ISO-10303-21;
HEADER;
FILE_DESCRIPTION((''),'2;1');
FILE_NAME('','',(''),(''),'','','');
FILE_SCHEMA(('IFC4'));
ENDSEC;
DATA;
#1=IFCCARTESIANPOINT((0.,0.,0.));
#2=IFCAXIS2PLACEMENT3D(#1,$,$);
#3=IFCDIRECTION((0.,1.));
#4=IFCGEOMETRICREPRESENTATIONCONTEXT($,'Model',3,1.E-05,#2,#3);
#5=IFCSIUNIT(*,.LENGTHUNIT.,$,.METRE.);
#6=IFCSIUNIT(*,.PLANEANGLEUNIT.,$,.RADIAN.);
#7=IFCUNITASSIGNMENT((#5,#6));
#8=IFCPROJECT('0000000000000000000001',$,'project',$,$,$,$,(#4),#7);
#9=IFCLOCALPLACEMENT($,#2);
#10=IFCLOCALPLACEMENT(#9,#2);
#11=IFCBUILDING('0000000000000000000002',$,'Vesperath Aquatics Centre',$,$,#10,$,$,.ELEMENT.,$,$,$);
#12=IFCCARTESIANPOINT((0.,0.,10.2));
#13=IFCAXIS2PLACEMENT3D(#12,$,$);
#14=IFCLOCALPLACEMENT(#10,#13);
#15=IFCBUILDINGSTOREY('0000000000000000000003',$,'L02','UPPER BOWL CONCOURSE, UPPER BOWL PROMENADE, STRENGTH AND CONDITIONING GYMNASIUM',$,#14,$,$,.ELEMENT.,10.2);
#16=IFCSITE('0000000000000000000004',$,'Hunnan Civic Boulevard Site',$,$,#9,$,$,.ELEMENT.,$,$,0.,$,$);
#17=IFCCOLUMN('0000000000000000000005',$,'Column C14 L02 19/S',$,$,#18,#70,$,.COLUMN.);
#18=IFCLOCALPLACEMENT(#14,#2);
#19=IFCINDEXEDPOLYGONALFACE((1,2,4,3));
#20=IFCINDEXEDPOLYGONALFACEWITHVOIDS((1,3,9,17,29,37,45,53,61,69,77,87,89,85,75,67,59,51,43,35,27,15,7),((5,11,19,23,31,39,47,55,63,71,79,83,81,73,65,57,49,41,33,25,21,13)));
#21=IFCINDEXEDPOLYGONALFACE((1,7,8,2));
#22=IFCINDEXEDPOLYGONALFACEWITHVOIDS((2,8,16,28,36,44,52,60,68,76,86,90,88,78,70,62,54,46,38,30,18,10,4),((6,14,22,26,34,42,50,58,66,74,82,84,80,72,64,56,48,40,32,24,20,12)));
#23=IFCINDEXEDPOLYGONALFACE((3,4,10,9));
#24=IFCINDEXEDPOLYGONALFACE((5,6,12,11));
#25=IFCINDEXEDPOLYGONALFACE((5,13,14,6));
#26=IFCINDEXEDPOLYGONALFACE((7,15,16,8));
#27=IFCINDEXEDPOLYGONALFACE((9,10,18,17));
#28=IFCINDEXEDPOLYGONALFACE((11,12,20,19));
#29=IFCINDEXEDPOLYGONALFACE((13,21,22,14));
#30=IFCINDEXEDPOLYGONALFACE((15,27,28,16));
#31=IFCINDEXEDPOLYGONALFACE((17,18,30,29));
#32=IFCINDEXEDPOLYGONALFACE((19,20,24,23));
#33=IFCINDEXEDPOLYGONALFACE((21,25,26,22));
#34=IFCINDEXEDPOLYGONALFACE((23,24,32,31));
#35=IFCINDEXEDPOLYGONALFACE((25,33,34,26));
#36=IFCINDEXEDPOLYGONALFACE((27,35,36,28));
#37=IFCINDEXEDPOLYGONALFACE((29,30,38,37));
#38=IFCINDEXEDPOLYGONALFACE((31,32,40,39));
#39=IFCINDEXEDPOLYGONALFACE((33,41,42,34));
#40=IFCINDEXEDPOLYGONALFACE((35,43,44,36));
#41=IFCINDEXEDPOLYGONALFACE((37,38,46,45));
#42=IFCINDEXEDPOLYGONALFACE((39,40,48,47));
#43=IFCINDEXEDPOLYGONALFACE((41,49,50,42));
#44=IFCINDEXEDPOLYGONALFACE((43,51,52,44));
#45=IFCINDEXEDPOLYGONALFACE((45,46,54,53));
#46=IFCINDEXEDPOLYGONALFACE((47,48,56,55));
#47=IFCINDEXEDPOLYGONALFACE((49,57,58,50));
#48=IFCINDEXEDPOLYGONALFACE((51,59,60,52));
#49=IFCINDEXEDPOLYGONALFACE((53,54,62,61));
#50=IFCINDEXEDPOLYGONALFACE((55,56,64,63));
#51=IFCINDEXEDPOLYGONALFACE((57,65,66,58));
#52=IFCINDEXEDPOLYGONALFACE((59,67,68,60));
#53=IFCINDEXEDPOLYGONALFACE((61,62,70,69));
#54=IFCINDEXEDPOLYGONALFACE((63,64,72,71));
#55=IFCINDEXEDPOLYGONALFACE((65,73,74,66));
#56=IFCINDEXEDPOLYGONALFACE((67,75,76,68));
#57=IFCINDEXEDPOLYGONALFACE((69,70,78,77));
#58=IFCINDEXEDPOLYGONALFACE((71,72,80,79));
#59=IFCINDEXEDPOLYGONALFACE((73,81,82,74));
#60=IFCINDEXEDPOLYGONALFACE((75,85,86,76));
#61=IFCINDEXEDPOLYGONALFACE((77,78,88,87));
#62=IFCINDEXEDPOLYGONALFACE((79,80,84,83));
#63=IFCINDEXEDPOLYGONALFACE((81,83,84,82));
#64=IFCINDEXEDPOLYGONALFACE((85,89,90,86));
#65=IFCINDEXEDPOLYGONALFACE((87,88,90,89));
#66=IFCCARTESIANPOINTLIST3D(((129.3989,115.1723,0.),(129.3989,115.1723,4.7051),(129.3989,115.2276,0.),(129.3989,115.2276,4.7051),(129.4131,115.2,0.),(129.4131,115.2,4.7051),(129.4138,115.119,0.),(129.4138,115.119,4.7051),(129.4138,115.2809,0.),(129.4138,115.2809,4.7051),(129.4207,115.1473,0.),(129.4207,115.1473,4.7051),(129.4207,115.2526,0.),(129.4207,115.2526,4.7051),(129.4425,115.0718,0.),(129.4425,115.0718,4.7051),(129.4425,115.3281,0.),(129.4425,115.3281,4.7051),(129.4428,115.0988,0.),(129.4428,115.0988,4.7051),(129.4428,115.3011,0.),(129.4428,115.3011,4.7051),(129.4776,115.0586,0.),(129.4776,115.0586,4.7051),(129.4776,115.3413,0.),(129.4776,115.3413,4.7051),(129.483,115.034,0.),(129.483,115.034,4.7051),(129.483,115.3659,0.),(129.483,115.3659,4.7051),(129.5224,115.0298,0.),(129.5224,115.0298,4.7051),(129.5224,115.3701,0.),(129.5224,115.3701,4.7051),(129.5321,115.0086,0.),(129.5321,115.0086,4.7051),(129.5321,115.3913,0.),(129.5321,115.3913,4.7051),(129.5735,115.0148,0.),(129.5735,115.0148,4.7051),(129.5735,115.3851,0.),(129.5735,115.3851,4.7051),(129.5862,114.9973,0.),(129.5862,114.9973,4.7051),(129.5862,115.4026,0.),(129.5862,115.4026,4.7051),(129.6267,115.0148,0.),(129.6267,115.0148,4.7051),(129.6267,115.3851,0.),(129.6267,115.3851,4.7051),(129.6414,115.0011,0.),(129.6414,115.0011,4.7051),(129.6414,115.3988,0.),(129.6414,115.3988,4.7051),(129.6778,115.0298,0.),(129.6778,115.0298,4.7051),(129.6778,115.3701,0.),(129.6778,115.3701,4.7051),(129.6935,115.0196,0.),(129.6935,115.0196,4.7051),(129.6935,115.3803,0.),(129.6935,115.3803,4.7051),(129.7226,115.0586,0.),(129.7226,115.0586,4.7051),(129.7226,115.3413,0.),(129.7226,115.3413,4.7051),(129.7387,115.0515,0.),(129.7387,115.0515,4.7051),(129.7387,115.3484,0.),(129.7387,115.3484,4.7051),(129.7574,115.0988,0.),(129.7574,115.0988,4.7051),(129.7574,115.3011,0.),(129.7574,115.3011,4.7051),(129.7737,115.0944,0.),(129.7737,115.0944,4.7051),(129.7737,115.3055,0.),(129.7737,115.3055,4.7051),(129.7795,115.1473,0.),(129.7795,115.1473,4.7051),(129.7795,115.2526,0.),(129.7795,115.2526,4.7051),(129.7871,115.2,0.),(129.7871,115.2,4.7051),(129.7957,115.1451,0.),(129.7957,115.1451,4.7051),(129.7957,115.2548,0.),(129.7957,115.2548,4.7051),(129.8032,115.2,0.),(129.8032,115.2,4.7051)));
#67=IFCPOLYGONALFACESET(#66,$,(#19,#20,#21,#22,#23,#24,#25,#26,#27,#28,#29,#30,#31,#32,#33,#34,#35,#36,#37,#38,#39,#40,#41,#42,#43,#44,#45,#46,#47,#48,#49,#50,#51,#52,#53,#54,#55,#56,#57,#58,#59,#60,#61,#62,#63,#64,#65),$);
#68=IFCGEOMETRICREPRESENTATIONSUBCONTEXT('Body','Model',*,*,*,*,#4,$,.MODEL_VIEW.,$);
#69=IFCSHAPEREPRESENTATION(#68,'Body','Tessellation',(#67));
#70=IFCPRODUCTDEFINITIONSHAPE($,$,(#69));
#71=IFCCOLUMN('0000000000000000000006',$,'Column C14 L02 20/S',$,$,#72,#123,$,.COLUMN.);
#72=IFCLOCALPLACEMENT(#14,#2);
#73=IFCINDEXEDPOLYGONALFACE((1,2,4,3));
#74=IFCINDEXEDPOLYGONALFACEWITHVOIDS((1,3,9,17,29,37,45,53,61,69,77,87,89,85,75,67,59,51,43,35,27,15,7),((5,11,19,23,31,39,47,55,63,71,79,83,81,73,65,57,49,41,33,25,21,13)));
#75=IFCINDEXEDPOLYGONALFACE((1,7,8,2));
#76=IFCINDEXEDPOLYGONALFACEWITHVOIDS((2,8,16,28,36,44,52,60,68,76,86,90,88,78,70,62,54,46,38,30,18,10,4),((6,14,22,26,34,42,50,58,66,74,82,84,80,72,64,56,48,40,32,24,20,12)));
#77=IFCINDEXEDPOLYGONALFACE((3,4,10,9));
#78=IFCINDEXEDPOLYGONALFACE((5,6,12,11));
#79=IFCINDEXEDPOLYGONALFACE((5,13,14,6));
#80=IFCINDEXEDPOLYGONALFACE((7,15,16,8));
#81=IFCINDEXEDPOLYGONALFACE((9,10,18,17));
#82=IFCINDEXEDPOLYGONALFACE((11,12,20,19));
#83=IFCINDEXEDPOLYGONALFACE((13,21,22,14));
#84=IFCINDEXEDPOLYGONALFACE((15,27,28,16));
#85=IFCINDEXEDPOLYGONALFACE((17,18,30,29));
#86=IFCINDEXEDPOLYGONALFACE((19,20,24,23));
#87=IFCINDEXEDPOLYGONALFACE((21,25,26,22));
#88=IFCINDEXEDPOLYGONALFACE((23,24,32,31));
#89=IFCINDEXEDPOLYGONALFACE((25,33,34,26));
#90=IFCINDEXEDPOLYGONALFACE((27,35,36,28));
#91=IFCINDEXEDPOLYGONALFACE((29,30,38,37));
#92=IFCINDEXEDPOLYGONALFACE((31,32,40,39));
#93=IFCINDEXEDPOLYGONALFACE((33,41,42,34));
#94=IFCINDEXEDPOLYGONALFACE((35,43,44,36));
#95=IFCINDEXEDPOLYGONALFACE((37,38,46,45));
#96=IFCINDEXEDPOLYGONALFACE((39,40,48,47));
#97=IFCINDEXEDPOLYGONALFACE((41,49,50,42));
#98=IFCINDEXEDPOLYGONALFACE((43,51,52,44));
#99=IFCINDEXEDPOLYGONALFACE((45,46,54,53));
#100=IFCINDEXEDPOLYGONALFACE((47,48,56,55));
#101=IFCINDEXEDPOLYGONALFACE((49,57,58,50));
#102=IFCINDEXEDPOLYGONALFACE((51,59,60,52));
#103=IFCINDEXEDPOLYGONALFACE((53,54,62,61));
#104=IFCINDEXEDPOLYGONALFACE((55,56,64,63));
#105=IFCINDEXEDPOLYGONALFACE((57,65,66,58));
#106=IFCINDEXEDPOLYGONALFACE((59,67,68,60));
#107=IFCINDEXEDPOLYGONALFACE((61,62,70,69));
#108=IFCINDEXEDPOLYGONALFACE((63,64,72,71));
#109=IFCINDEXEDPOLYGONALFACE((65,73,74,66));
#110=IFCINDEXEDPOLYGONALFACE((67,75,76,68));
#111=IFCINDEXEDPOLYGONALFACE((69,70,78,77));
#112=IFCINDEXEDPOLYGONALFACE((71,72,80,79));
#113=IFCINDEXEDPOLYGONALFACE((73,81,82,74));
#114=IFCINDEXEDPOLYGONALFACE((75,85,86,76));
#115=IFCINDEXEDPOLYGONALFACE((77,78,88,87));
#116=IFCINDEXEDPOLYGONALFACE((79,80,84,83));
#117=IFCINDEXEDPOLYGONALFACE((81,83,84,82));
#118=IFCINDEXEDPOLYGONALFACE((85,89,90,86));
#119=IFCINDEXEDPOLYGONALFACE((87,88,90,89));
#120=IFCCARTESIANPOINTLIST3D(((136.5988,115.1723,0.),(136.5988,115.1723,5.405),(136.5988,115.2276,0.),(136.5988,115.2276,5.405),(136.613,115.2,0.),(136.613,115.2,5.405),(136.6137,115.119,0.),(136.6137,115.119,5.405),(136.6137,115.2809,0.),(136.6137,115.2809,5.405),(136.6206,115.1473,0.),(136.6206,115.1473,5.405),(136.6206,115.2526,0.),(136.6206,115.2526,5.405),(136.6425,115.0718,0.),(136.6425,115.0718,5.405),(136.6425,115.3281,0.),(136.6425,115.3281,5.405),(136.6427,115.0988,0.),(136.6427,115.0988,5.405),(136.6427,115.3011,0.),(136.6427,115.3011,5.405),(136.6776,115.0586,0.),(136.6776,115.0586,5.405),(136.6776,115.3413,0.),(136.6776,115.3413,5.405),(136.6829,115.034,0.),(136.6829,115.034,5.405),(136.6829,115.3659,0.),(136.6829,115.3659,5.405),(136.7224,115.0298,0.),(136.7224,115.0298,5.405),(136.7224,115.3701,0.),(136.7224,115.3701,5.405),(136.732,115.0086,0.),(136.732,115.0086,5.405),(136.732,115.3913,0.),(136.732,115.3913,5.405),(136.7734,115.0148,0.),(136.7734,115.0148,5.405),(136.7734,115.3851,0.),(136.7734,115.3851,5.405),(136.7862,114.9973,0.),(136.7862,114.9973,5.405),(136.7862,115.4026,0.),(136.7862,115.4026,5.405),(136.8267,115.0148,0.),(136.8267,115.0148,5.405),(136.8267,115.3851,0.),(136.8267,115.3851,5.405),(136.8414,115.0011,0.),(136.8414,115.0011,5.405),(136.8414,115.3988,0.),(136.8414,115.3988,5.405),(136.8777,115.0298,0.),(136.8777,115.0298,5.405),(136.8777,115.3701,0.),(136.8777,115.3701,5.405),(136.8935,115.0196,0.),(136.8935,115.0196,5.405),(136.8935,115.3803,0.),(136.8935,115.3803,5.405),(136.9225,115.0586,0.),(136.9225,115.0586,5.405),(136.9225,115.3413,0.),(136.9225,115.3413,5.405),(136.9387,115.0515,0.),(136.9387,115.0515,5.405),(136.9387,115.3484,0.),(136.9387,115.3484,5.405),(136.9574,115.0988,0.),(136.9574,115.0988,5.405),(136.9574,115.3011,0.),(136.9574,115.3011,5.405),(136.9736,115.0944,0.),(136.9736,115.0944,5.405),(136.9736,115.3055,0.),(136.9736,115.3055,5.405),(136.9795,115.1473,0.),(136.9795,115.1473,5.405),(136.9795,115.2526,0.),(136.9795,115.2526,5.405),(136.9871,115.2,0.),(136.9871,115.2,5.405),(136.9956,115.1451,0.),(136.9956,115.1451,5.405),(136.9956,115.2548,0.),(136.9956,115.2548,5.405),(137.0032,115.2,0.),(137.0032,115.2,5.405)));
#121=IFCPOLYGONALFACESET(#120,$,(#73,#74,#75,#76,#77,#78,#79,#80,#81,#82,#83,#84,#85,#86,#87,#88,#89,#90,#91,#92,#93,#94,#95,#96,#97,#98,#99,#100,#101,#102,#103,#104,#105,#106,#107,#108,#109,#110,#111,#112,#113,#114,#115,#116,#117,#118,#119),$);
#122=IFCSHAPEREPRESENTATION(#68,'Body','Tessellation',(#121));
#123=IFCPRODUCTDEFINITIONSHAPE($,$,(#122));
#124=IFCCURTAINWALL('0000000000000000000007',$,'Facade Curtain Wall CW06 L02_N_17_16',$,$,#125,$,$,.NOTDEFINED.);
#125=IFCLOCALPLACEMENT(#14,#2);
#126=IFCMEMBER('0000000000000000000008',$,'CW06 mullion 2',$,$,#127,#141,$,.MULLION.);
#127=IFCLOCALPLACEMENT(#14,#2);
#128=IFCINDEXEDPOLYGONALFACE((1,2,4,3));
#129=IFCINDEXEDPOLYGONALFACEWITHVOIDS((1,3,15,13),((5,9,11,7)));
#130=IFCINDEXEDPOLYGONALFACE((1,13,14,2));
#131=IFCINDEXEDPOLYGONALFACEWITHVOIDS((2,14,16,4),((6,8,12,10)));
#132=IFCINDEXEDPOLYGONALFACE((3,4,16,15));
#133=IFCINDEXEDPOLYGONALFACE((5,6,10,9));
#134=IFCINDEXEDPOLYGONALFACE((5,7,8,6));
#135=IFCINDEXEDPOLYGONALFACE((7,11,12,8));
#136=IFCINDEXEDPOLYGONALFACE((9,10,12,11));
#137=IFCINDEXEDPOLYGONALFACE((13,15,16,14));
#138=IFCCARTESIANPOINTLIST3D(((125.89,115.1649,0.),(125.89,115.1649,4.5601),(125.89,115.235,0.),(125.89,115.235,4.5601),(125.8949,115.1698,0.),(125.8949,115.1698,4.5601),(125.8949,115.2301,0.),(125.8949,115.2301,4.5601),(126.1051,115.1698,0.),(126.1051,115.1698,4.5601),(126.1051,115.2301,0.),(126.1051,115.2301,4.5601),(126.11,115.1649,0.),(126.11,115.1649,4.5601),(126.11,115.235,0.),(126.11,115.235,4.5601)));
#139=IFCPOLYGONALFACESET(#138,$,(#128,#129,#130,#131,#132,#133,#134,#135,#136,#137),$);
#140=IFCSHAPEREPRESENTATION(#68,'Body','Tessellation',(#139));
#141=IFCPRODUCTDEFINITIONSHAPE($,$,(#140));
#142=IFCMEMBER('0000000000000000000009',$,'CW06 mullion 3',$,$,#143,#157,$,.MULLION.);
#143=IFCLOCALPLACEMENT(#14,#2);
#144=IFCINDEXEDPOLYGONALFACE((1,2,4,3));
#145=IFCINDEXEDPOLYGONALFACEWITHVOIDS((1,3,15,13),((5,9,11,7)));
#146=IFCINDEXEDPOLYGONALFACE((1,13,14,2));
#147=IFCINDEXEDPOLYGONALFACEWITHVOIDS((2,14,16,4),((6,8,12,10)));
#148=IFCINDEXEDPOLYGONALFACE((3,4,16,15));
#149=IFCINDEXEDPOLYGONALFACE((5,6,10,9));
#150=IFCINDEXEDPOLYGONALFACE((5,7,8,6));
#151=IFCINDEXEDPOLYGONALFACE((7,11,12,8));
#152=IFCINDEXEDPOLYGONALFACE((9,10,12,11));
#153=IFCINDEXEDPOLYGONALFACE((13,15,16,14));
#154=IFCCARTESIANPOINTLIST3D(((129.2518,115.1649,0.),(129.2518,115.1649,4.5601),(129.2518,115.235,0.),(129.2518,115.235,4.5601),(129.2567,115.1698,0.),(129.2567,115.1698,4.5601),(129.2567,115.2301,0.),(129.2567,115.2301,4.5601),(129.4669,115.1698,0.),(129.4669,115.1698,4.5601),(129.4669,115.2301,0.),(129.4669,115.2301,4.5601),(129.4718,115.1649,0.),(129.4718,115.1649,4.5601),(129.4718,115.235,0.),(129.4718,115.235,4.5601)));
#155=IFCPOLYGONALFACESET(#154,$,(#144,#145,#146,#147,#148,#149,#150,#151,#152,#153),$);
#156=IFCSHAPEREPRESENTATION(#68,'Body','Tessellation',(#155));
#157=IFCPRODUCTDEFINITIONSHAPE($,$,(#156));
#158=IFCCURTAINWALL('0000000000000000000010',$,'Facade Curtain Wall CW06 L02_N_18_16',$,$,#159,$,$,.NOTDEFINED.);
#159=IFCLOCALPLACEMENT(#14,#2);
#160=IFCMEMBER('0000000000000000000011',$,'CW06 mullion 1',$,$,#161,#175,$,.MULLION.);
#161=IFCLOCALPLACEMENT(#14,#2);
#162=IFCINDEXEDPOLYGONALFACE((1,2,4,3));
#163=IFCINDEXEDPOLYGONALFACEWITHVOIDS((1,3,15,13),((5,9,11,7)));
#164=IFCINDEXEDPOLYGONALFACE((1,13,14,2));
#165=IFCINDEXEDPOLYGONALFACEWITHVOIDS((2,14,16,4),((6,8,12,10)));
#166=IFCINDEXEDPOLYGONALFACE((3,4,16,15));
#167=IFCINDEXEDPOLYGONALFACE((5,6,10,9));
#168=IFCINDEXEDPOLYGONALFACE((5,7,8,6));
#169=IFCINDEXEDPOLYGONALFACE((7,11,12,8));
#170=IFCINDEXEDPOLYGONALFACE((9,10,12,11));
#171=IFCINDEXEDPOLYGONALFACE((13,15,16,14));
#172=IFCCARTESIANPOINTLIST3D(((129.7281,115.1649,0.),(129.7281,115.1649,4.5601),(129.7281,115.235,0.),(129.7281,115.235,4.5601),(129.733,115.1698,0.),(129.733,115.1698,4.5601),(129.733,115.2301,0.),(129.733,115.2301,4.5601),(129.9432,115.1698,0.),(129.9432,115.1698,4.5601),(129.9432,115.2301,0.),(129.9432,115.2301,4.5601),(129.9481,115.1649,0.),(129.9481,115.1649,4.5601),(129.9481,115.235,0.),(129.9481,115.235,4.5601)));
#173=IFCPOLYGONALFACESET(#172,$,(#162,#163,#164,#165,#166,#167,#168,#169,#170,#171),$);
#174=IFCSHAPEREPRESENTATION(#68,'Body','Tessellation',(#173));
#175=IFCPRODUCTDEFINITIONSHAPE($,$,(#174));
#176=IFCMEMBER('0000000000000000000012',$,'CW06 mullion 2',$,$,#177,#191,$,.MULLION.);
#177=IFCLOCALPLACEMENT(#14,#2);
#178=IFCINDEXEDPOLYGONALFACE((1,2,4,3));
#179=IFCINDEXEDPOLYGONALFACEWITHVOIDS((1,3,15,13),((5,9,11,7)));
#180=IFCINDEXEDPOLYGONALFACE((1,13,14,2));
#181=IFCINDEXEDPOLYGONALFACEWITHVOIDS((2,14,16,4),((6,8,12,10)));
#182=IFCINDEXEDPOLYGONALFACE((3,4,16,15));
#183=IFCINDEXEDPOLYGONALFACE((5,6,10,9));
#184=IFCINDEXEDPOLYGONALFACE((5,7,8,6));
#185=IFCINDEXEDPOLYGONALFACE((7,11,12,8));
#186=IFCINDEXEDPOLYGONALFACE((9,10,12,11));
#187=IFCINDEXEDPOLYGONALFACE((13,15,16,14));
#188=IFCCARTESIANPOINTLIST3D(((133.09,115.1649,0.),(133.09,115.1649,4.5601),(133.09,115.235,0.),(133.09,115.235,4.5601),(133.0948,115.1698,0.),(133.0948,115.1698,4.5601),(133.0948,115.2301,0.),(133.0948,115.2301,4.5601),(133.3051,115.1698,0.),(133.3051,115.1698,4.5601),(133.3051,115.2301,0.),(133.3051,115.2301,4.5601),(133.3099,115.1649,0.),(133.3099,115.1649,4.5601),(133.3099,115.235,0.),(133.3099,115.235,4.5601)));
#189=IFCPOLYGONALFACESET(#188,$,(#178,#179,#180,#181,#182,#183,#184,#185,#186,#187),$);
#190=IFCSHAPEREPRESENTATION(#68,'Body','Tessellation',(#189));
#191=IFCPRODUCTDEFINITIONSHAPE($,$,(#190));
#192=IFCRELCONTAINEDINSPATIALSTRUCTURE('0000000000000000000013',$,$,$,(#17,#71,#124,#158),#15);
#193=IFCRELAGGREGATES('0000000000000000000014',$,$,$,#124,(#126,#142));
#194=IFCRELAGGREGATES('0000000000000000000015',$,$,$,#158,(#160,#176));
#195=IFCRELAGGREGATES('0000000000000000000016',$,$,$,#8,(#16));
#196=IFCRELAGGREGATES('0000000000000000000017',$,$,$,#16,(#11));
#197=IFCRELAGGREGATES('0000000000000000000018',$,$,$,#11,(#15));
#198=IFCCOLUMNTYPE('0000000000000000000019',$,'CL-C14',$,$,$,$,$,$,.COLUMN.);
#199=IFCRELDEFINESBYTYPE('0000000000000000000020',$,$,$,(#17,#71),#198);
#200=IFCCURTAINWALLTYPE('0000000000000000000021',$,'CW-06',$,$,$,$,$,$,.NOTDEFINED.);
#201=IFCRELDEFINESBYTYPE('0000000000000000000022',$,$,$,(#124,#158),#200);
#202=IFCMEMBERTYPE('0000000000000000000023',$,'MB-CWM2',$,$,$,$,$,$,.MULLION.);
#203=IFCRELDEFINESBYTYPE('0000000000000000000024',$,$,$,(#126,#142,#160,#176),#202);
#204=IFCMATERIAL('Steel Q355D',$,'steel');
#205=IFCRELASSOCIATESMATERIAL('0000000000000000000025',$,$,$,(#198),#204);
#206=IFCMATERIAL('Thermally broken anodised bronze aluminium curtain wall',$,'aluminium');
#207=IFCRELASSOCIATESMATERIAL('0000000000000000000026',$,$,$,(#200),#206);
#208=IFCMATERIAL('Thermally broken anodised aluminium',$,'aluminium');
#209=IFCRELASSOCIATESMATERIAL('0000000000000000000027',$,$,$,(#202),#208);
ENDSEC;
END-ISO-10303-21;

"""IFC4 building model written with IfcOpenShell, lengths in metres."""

from ifc_helpers import new_model, si_unit, direction, frame, origin, origin_2d, place, context, subcontext, project, spatial, hollow_rectangle, hollow_circle, extrude, material, material_profile, profile_set, type_object, element, aggregate, save


model = new_model("IFC4")

# Units and contexts
model_context = context("Model", 3, precision=1e-05, world=origin(), true_north=direction((0.0, 1.0)))
body_context = subcontext(model_context, "Body", "Model", "MODEL_VIEW")
ifc_project = project(units=[si_unit("LENGTHUNIT", "METRE"), si_unit("PLANEANGLEUNIT", "RADIAN")], contexts=[model_context])

# Site, building, storey
site_placement = place(None, origin())
site = spatial("IfcSite", under=ifc_project, at=site_placement, Name="Hunnan Civic Boulevard Site", CompositionType="ELEMENT", RefElevation=0.0)
building_placement = place(site_placement, origin())
building = spatial("IfcBuilding", under=site, at=building_placement, Name="Vesperath Aquatics Centre", CompositionType="ELEMENT")
storey_placement = place(building_placement, frame((0.0, 0.0, 10.2)))
storey = spatial("IfcBuildingStorey", under=building, at=storey_placement, Name="L02", Description="UPPER BOWL CONCOURSE, UPPER BOWL PROMENADE, STRENGTH AND CONDITIONING GYMNASIUM", CompositionType="ELEMENT", Elevation=10.2)

# Columns
ifc_material_1 = material(Name="Steel Q355D", Category="steel")
ifc_material_profile_1 = material_profile(ifc_material_1, hollow_circle(Radius=0.2031, WallThickness=0.0161, at=origin_2d()), Name="CHS 406.4x16")
ifc_profile_set_1 = profile_set([ifc_material_profile_1], Name="Steel Q355D")
column_type = type_object("IfcColumnType", Name="CL-C14", PredefinedType="COLUMN", material=ifc_profile_set_1)
column_1_placement = place(storey_placement, frame((129.6001, 115.2, 0.0), z_axis=(0.0, 0.0, 1.0), x_axis=(1.0, 0.0, 0.0)))
element("IfcColumn", 1, at=column_1_placement, inside=storey, type_object=column_type, Name="Column C14 L02 19/S", PredefinedType="COLUMN", context=body_context, shape_type="SweptSolid", body=[
    extrude(hollow_circle(Radius=0.2031, WallThickness=0.0161, at=origin_2d()), origin(), (0.0, 0.0, 1.0), 4.7051),
])
column_2_placement = place(storey_placement, frame((136.8, 115.2, 0.0), z_axis=(0.0, 0.0, 1.0), x_axis=(1.0, 0.0, 0.0)))
element("IfcColumn", 2, at=column_2_placement, inside=storey, type_object=column_type, Name="Column C14 L02 20/S", PredefinedType="COLUMN", context=body_context, shape_type="SweptSolid", body=[
    extrude(hollow_circle(Radius=0.2031, WallThickness=0.0161, at=origin_2d()), origin(), (0.0, 0.0, 1.0), 5.405),
])

# Curtain walls, members
ifc_material_2 = material(Name="Thermally broken anodised bronze aluminium curtain wall", Category="aluminium")
curtain_wall_type = type_object("IfcCurtainWallType", Name="CW-06", PredefinedType="NOTDEFINED", material=ifc_material_2)
curtain_wall_1_placement = place(storey_placement, origin())
curtain_wall_1 = element("IfcCurtainWall", 3, at=curtain_wall_1_placement, inside=storey, type_object=curtain_wall_type, Name="Facade Curtain Wall CW06 L02_N_17_16", PredefinedType="NOTDEFINED")
ifc_material_3 = material(Name="Thermally broken anodised aluminium", Category="aluminium")
ifc_material_profile_2 = material_profile(ifc_material_3, hollow_rectangle(XDim=0.0701, YDim=0.22, WallThickness=0.0049, at=origin_2d()), Name="CWM 70x220x5")
ifc_profile_set_2 = profile_set([ifc_material_profile_2], Name="Thermally broken anodised aluminium")
member_type_1 = type_object("IfcMemberType", Name="MB-CWM2", PredefinedType="MULLION", material=ifc_profile_set_2)
member_1_placement = place(storey_placement, frame((126.0, 115.2, 0.0), z_axis=(0.0, 0.0, 1.0), x_axis=(0.0, 1.0, 0.0)))
member_1 = element("IfcMember", 4, at=member_1_placement, type_object=member_type_1, Name="CW06 mullion 2", PredefinedType="MULLION", context=body_context, shape_type="SweptSolid", body=[
    extrude(hollow_rectangle(XDim=0.0701, YDim=0.22, WallThickness=0.0049, at=origin_2d()), origin(), (0.0, 0.0, 1.0), 4.5601),
])
member_2_placement = place(storey_placement, frame((129.3618, 115.2, 0.0), z_axis=(0.0, 0.0, 1.0), x_axis=(0.0, 1.0, 0.0)))
member_2 = element("IfcMember", 5, at=member_2_placement, type_object=member_type_1, Name="CW06 mullion 3", PredefinedType="MULLION", context=body_context, shape_type="SweptSolid", body=[
    extrude(hollow_rectangle(XDim=0.0701, YDim=0.22, WallThickness=0.0049, at=origin_2d()), origin(), (0.0, 0.0, 1.0), 4.5601),
])
curtain_wall_2_placement = place(storey_placement, origin())
curtain_wall_2 = element("IfcCurtainWall", 6, at=curtain_wall_2_placement, inside=storey, type_object=curtain_wall_type, Name="Facade Curtain Wall CW06 L02_N_18_16", PredefinedType="NOTDEFINED")
member_3_placement = place(storey_placement, frame((129.8381, 115.2, 0.0), z_axis=(0.0, 0.0, 1.0), x_axis=(0.0, 1.0, 0.0)))
member_3 = element("IfcMember", 7, at=member_3_placement, type_object=member_type_1, Name="CW06 mullion 1", PredefinedType="MULLION", context=body_context, shape_type="SweptSolid", body=[
    extrude(hollow_rectangle(XDim=0.0701, YDim=0.22, WallThickness=0.0049, at=origin_2d()), origin(), (0.0, 0.0, 1.0), 4.5601),
])
member_4_placement = place(storey_placement, frame((133.2, 115.2, 0.0), z_axis=(0.0, 0.0, 1.0), x_axis=(0.0, 1.0, 0.0)))
member_4 = element("IfcMember", 8, at=member_4_placement, type_object=member_type_1, Name="CW06 mullion 2", PredefinedType="MULLION", context=body_context, shape_type="SweptSolid", body=[
    extrude(hollow_rectangle(XDim=0.0701, YDim=0.22, WallThickness=0.0049, at=origin_2d()), origin(), (0.0, 0.0, 1.0), 4.5601),
])

aggregate(curtain_wall_1, [member_1, member_2])
aggregate(curtain_wall_2, [member_3, member_4])

save(model, "model.ifc")
